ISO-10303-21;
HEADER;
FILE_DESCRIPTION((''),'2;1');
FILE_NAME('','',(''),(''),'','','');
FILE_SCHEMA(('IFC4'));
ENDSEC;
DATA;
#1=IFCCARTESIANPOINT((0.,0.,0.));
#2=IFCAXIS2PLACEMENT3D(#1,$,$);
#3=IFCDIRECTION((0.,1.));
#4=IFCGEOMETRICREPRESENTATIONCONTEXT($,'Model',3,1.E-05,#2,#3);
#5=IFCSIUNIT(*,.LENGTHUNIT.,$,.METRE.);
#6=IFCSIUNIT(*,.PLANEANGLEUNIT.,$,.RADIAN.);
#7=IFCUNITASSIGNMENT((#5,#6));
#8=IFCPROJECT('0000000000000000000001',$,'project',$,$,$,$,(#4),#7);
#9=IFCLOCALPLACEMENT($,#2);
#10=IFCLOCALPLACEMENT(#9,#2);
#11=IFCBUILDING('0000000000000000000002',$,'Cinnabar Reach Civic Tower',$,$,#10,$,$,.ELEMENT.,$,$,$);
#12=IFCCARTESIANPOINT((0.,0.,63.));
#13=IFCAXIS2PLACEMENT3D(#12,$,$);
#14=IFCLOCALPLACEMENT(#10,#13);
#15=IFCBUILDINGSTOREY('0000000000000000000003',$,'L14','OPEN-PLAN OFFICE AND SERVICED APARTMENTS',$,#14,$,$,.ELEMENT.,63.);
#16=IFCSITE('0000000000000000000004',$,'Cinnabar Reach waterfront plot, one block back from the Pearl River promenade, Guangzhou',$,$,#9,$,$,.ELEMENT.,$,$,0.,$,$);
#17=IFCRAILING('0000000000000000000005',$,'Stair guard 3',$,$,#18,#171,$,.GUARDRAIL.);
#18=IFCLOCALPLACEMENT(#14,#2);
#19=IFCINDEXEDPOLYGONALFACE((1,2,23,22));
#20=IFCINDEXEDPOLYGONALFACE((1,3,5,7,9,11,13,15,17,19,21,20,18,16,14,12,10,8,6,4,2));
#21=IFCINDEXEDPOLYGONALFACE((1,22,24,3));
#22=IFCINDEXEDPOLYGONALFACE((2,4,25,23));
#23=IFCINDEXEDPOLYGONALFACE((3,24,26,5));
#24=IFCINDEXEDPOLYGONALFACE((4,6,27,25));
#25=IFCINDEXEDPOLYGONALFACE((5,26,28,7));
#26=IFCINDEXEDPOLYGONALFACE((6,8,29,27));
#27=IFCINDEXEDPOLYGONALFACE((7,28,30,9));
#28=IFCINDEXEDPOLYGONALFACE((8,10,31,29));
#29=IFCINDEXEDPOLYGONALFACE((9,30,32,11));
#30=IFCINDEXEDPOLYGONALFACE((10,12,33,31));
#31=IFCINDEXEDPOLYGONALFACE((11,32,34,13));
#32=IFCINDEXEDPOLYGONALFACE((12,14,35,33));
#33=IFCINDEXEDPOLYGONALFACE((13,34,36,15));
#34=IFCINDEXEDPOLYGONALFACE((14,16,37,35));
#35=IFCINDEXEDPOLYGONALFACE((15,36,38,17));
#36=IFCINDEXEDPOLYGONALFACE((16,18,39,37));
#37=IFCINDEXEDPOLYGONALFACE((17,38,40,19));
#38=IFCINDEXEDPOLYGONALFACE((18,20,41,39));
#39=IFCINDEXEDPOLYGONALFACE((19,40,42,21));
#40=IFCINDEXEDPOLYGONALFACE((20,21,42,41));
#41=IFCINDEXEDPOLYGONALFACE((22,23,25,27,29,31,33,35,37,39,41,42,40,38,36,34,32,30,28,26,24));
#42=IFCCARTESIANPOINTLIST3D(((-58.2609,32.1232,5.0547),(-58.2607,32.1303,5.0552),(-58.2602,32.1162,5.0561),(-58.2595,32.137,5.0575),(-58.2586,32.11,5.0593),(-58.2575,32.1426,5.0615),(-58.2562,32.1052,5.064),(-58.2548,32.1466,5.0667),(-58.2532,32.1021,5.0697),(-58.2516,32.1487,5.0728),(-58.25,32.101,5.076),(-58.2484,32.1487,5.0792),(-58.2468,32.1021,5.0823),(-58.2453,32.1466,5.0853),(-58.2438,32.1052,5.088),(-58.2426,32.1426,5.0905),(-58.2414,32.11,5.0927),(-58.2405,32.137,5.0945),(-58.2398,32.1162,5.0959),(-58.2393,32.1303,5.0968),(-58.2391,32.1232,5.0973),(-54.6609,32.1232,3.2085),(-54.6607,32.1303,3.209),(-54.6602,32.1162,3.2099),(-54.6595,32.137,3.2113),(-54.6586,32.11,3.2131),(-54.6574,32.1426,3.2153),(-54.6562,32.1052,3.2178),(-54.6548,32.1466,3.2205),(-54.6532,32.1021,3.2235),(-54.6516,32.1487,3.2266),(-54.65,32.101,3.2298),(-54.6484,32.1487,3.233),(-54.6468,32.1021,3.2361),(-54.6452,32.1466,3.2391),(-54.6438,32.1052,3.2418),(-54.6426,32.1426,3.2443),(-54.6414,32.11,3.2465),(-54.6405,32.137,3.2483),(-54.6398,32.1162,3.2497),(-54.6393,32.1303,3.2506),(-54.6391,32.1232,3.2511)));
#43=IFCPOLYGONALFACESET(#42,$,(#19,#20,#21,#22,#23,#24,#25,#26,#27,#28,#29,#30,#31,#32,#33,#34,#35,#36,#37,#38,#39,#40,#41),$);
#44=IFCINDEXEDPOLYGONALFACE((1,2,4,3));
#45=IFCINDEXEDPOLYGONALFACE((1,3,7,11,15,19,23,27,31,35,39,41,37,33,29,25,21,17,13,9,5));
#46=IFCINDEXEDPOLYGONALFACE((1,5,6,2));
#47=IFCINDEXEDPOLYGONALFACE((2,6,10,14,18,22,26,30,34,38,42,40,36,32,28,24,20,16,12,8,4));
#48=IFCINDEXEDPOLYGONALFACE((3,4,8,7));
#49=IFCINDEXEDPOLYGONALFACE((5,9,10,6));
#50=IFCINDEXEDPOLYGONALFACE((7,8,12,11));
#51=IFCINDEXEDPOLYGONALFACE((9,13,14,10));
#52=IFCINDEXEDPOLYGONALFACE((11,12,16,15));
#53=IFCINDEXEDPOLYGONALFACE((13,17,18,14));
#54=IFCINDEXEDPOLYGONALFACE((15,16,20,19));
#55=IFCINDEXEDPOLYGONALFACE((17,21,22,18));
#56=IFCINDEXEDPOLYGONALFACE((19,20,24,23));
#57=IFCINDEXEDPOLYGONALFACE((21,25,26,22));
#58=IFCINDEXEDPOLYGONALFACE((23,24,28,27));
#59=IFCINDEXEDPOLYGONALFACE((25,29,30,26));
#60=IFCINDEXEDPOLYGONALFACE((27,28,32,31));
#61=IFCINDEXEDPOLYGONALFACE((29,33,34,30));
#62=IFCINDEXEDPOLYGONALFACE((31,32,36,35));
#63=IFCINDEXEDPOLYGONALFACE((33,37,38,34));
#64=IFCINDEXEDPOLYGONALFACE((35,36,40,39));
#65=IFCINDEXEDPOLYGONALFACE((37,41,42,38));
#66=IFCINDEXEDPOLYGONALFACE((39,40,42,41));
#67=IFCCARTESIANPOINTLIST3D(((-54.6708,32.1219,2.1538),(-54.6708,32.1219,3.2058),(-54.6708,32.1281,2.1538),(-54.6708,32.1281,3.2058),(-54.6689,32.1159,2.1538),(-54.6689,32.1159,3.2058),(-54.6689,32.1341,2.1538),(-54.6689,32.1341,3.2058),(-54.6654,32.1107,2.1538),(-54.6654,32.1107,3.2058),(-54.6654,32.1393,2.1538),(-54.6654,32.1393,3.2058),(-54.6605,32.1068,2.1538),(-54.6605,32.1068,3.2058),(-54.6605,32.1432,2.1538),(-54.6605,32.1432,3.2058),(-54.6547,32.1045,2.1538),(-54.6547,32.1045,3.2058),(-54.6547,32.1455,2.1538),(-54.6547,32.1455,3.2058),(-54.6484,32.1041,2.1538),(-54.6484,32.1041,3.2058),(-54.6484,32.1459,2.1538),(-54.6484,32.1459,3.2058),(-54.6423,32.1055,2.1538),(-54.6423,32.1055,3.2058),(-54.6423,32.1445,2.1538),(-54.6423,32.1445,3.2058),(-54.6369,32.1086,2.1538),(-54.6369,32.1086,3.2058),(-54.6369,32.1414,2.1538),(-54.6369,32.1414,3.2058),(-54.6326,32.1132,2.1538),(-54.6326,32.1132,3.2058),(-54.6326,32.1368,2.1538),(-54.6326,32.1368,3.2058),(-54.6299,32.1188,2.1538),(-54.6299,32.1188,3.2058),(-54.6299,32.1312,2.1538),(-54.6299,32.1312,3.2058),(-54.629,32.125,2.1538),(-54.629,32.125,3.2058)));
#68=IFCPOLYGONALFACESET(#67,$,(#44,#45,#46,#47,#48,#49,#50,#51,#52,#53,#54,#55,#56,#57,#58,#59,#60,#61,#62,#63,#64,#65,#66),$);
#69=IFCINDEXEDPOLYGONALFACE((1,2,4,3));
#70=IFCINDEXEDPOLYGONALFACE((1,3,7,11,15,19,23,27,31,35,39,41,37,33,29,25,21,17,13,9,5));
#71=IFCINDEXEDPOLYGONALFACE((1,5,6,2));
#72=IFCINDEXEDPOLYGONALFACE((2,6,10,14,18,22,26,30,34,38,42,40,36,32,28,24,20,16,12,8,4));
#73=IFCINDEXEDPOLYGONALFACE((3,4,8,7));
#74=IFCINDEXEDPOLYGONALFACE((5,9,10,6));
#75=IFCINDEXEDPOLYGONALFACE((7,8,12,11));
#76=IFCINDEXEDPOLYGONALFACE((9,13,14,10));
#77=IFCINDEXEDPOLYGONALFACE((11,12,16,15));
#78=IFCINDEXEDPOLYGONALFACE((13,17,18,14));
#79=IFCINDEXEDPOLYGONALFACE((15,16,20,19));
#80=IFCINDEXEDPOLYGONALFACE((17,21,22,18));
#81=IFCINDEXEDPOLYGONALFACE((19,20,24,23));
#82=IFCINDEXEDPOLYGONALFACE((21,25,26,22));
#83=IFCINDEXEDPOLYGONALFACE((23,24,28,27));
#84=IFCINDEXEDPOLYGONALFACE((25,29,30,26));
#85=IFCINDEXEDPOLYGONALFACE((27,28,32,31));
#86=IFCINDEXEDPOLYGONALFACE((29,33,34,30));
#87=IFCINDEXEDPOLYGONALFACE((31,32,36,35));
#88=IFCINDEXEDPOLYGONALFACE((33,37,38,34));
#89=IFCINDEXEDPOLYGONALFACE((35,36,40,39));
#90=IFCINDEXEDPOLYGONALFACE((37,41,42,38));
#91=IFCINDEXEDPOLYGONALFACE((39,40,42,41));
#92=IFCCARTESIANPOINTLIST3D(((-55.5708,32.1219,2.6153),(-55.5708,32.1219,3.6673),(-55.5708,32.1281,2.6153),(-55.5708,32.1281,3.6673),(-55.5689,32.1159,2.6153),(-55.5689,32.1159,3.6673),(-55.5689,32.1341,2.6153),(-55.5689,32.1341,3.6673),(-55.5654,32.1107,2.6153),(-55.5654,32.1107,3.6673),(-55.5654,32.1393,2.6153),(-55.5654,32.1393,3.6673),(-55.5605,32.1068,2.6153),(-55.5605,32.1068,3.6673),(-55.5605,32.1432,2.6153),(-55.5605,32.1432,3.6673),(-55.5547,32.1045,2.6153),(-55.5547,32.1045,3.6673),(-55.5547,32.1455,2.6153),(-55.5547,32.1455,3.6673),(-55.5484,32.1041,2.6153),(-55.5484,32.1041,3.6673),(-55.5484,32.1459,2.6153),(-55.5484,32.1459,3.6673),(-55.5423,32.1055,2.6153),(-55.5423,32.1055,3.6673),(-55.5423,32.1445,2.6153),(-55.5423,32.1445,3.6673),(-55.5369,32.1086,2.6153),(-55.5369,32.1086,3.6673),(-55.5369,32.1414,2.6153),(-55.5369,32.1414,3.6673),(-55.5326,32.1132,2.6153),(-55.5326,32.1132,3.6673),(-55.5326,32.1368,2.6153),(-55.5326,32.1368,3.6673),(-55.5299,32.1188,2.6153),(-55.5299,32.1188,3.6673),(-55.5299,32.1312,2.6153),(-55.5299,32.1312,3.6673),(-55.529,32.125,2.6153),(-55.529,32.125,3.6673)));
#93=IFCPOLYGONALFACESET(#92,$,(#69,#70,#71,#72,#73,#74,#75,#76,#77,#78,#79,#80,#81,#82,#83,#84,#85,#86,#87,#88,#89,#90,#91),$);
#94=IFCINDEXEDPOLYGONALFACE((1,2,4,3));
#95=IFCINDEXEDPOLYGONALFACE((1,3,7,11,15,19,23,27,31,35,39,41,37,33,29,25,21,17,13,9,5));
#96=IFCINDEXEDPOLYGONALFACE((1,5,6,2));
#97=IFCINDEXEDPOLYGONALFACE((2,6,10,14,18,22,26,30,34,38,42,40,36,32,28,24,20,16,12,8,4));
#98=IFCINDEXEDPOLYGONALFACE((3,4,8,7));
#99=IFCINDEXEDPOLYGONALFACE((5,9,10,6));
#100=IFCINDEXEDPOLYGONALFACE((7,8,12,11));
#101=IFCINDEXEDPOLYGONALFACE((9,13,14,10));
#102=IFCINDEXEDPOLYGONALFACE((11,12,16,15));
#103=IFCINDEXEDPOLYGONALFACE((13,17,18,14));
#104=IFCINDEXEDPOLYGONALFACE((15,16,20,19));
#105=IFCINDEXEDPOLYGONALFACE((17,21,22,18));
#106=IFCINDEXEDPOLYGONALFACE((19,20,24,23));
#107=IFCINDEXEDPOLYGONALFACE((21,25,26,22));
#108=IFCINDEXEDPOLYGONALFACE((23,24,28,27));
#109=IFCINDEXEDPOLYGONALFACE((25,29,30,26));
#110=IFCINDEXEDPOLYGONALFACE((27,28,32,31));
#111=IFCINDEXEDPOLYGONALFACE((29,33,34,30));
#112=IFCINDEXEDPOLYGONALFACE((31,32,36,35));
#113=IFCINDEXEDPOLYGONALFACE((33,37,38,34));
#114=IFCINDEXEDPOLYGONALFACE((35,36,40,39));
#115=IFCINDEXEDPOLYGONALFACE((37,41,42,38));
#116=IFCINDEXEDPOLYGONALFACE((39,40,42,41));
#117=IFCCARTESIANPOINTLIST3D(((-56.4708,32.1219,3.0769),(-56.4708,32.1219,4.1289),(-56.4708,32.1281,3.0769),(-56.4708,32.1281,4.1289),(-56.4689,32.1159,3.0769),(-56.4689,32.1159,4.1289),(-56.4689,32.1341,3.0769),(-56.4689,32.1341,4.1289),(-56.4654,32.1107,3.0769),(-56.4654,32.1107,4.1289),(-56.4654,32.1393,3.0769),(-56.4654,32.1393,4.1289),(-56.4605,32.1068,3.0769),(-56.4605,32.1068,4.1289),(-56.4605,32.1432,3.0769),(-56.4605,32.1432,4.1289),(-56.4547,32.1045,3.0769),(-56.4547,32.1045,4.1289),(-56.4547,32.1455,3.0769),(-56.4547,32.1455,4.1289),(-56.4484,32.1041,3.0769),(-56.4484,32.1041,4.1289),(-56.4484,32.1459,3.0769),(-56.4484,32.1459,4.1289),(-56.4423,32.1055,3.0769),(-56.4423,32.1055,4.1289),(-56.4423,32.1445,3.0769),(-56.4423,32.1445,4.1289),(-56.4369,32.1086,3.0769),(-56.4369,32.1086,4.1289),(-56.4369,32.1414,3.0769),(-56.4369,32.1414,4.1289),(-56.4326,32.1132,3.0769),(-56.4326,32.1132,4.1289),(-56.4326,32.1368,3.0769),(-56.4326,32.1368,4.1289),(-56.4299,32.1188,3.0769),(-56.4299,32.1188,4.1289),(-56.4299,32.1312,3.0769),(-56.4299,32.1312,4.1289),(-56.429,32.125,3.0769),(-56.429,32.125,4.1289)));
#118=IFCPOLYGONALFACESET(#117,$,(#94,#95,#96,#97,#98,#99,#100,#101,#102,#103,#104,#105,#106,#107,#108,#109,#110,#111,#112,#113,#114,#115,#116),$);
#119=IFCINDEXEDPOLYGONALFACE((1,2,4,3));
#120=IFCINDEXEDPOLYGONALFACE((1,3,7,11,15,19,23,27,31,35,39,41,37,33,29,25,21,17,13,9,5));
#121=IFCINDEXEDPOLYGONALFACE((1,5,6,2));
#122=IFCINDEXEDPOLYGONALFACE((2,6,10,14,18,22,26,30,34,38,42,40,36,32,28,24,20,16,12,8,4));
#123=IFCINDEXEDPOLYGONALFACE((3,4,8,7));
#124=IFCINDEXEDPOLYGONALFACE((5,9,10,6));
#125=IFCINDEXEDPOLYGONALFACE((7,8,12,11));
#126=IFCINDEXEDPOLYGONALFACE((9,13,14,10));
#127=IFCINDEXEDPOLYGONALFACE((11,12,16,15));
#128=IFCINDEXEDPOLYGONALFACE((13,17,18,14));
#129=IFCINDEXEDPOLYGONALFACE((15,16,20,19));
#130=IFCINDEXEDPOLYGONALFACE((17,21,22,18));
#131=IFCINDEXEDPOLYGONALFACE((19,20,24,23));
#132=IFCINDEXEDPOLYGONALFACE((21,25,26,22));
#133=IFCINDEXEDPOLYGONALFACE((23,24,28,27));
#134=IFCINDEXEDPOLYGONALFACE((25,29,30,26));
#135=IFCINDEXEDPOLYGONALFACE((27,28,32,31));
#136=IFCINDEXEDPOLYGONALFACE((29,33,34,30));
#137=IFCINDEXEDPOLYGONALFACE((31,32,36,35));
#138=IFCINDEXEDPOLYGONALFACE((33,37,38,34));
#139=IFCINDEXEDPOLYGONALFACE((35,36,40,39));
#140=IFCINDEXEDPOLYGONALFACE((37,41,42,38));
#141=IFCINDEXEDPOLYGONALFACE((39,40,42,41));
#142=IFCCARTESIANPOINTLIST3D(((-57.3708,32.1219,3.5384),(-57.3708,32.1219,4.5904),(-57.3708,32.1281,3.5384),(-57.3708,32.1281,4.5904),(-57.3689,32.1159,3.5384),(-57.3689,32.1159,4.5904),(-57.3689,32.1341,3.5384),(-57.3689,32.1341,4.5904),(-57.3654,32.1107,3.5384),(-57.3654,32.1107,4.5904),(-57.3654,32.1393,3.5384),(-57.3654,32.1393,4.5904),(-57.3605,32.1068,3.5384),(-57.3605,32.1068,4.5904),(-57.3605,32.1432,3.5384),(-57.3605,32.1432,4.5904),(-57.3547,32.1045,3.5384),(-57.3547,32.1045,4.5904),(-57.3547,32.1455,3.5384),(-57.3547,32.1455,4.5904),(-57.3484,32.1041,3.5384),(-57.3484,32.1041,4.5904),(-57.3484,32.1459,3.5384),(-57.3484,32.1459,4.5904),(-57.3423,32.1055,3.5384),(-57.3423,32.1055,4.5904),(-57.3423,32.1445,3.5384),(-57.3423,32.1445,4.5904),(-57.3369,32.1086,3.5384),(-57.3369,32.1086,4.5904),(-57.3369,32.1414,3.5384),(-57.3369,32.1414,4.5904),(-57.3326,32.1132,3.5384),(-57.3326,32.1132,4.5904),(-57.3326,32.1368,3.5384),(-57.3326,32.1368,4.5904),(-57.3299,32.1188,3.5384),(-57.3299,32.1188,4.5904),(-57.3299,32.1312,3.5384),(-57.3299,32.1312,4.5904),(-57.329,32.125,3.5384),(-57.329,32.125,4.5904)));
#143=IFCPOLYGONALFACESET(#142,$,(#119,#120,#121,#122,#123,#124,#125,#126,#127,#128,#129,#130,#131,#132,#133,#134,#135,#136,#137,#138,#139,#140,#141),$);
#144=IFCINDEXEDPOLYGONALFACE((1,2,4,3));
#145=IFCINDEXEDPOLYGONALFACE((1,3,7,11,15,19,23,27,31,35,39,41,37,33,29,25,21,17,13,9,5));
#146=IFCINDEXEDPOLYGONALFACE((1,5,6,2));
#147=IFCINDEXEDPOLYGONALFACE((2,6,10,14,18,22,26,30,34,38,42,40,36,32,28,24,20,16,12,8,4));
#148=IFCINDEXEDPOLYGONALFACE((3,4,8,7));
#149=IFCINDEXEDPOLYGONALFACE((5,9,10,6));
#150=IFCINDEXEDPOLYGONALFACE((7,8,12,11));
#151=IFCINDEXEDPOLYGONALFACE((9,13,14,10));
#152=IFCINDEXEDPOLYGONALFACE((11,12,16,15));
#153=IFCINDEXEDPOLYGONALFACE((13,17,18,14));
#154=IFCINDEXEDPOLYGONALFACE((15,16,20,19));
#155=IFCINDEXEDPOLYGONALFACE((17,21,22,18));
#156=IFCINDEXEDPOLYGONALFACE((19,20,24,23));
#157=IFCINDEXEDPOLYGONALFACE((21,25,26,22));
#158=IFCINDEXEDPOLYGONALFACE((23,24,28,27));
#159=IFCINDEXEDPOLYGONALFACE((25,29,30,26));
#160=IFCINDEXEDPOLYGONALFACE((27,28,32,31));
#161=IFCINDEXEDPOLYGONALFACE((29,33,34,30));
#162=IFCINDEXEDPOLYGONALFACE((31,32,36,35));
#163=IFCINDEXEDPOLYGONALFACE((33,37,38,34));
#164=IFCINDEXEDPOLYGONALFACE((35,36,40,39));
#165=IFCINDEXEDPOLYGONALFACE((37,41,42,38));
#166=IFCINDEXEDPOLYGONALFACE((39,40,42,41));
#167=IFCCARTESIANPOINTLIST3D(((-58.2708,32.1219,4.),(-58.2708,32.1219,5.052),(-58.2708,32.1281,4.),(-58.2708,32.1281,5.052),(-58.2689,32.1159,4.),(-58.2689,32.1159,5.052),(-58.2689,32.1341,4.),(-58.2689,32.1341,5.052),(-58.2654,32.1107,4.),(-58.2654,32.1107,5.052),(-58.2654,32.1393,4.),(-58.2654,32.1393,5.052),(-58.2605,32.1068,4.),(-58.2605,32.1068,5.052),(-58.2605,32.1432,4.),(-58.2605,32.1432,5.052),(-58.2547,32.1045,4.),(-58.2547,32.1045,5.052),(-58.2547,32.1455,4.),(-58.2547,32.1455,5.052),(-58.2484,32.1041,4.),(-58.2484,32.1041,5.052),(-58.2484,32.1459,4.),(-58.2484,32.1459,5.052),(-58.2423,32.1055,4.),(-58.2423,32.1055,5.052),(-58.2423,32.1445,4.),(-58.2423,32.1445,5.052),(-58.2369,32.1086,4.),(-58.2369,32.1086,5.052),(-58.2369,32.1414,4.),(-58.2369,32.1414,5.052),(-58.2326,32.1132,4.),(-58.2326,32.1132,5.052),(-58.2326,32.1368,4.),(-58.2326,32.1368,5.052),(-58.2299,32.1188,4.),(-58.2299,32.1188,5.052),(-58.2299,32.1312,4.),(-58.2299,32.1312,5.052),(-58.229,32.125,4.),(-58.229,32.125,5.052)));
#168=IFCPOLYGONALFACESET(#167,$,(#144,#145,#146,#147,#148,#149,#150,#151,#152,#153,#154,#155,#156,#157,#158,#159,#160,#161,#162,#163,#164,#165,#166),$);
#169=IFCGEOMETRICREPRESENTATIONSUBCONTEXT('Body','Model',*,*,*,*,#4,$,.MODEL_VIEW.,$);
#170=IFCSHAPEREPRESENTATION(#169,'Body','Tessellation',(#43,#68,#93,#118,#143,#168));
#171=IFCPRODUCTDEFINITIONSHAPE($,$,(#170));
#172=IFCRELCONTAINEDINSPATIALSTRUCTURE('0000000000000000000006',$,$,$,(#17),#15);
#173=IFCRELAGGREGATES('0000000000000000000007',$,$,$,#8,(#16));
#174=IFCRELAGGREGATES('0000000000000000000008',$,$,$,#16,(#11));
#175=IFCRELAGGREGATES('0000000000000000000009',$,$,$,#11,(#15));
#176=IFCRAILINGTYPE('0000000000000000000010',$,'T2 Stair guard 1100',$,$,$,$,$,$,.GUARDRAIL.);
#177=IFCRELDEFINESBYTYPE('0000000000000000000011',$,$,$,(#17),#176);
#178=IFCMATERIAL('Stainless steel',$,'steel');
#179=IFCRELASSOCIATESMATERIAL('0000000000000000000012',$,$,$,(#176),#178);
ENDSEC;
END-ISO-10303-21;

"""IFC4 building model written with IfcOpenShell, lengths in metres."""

from ifc_helpers import new_model, si_unit, direction, frame, origin, origin_2d, place, context, subcontext, project, spatial, circle, extrude, material, type_object, element, save


model = new_model("IFC4")

# Units and contexts
model_context = context("Model", 3, precision=1e-05, world=origin(), true_north=direction((0.0, 1.0)))
body_context = subcontext(model_context, "Body", "Model", "MODEL_VIEW")
ifc_project = project(units=[si_unit("LENGTHUNIT", "METRE"), si_unit("PLANEANGLEUNIT", "RADIAN")], contexts=[model_context])

# Site, building, storey
site_placement = place(None, origin())
site = spatial("IfcSite", under=ifc_project, at=site_placement, Name="Cinnabar Reach waterfront plot, one block back from the Pearl River promenade, Guangzhou", CompositionType="ELEMENT", RefElevation=0.0)
building_placement = place(site_placement, origin())
building = spatial("IfcBuilding", under=site, at=building_placement, Name="Cinnabar Reach Civic Tower", CompositionType="ELEMENT")
storey_placement = place(building_placement, frame((0.0, 0.0, 63.0)))
storey = spatial("IfcBuildingStorey", under=building, at=storey_placement, Name="L14", Description="OPEN-PLAN OFFICE AND SERVICED APARTMENTS", CompositionType="ELEMENT", Elevation=63.0)

# Railing
ifc_material_1 = material(Name="Stainless steel", Category="steel")
railing_type = type_object("IfcRailingType", Name="T2 Stair guard 1100", PredefinedType="GUARDRAIL", material=ifc_material_1)
railing_1_placement = place(storey_placement, frame((-54.65, 32.125, 2.1538)))
element("IfcRailing", 1, at=railing_1_placement, inside=storey, type_object=railing_type, Name="Stair guard 3", PredefinedType="GUARDRAIL", context=body_context, shape_type="SweptSolid", body=[
    extrude(circle(Radius=0.024, at=origin_2d()), frame((0.0, 0.0, 1.076), z_axis=(-0.889813, 0.0, 0.456326), x_axis=(0.0, -1.0, 0.0)), (0.0, 0.0, 1.0), 4.0458),
    extrude(circle(Radius=0.021, at=origin_2d()), origin(), (0.0, 0.0, 1.0), 1.052),
    extrude(circle(Radius=0.021, at=origin_2d()), frame((-0.9, 0.0, 0.4615)), (0.0, 0.0, 1.0), 1.052),
    extrude(circle(Radius=0.021, at=origin_2d()), frame((-1.8, 0.0, 0.9231)), (0.0, 0.0, 1.0), 1.052),
    extrude(circle(Radius=0.021, at=origin_2d()), frame((-2.7, 0.0, 1.3846)), (0.0, 0.0, 1.0), 1.052),
    extrude(circle(Radius=0.021, at=origin_2d()), frame((-3.6, 0.0, 1.8462)), (0.0, 0.0, 1.0), 1.052),
])

save(model, "model.ifc")
